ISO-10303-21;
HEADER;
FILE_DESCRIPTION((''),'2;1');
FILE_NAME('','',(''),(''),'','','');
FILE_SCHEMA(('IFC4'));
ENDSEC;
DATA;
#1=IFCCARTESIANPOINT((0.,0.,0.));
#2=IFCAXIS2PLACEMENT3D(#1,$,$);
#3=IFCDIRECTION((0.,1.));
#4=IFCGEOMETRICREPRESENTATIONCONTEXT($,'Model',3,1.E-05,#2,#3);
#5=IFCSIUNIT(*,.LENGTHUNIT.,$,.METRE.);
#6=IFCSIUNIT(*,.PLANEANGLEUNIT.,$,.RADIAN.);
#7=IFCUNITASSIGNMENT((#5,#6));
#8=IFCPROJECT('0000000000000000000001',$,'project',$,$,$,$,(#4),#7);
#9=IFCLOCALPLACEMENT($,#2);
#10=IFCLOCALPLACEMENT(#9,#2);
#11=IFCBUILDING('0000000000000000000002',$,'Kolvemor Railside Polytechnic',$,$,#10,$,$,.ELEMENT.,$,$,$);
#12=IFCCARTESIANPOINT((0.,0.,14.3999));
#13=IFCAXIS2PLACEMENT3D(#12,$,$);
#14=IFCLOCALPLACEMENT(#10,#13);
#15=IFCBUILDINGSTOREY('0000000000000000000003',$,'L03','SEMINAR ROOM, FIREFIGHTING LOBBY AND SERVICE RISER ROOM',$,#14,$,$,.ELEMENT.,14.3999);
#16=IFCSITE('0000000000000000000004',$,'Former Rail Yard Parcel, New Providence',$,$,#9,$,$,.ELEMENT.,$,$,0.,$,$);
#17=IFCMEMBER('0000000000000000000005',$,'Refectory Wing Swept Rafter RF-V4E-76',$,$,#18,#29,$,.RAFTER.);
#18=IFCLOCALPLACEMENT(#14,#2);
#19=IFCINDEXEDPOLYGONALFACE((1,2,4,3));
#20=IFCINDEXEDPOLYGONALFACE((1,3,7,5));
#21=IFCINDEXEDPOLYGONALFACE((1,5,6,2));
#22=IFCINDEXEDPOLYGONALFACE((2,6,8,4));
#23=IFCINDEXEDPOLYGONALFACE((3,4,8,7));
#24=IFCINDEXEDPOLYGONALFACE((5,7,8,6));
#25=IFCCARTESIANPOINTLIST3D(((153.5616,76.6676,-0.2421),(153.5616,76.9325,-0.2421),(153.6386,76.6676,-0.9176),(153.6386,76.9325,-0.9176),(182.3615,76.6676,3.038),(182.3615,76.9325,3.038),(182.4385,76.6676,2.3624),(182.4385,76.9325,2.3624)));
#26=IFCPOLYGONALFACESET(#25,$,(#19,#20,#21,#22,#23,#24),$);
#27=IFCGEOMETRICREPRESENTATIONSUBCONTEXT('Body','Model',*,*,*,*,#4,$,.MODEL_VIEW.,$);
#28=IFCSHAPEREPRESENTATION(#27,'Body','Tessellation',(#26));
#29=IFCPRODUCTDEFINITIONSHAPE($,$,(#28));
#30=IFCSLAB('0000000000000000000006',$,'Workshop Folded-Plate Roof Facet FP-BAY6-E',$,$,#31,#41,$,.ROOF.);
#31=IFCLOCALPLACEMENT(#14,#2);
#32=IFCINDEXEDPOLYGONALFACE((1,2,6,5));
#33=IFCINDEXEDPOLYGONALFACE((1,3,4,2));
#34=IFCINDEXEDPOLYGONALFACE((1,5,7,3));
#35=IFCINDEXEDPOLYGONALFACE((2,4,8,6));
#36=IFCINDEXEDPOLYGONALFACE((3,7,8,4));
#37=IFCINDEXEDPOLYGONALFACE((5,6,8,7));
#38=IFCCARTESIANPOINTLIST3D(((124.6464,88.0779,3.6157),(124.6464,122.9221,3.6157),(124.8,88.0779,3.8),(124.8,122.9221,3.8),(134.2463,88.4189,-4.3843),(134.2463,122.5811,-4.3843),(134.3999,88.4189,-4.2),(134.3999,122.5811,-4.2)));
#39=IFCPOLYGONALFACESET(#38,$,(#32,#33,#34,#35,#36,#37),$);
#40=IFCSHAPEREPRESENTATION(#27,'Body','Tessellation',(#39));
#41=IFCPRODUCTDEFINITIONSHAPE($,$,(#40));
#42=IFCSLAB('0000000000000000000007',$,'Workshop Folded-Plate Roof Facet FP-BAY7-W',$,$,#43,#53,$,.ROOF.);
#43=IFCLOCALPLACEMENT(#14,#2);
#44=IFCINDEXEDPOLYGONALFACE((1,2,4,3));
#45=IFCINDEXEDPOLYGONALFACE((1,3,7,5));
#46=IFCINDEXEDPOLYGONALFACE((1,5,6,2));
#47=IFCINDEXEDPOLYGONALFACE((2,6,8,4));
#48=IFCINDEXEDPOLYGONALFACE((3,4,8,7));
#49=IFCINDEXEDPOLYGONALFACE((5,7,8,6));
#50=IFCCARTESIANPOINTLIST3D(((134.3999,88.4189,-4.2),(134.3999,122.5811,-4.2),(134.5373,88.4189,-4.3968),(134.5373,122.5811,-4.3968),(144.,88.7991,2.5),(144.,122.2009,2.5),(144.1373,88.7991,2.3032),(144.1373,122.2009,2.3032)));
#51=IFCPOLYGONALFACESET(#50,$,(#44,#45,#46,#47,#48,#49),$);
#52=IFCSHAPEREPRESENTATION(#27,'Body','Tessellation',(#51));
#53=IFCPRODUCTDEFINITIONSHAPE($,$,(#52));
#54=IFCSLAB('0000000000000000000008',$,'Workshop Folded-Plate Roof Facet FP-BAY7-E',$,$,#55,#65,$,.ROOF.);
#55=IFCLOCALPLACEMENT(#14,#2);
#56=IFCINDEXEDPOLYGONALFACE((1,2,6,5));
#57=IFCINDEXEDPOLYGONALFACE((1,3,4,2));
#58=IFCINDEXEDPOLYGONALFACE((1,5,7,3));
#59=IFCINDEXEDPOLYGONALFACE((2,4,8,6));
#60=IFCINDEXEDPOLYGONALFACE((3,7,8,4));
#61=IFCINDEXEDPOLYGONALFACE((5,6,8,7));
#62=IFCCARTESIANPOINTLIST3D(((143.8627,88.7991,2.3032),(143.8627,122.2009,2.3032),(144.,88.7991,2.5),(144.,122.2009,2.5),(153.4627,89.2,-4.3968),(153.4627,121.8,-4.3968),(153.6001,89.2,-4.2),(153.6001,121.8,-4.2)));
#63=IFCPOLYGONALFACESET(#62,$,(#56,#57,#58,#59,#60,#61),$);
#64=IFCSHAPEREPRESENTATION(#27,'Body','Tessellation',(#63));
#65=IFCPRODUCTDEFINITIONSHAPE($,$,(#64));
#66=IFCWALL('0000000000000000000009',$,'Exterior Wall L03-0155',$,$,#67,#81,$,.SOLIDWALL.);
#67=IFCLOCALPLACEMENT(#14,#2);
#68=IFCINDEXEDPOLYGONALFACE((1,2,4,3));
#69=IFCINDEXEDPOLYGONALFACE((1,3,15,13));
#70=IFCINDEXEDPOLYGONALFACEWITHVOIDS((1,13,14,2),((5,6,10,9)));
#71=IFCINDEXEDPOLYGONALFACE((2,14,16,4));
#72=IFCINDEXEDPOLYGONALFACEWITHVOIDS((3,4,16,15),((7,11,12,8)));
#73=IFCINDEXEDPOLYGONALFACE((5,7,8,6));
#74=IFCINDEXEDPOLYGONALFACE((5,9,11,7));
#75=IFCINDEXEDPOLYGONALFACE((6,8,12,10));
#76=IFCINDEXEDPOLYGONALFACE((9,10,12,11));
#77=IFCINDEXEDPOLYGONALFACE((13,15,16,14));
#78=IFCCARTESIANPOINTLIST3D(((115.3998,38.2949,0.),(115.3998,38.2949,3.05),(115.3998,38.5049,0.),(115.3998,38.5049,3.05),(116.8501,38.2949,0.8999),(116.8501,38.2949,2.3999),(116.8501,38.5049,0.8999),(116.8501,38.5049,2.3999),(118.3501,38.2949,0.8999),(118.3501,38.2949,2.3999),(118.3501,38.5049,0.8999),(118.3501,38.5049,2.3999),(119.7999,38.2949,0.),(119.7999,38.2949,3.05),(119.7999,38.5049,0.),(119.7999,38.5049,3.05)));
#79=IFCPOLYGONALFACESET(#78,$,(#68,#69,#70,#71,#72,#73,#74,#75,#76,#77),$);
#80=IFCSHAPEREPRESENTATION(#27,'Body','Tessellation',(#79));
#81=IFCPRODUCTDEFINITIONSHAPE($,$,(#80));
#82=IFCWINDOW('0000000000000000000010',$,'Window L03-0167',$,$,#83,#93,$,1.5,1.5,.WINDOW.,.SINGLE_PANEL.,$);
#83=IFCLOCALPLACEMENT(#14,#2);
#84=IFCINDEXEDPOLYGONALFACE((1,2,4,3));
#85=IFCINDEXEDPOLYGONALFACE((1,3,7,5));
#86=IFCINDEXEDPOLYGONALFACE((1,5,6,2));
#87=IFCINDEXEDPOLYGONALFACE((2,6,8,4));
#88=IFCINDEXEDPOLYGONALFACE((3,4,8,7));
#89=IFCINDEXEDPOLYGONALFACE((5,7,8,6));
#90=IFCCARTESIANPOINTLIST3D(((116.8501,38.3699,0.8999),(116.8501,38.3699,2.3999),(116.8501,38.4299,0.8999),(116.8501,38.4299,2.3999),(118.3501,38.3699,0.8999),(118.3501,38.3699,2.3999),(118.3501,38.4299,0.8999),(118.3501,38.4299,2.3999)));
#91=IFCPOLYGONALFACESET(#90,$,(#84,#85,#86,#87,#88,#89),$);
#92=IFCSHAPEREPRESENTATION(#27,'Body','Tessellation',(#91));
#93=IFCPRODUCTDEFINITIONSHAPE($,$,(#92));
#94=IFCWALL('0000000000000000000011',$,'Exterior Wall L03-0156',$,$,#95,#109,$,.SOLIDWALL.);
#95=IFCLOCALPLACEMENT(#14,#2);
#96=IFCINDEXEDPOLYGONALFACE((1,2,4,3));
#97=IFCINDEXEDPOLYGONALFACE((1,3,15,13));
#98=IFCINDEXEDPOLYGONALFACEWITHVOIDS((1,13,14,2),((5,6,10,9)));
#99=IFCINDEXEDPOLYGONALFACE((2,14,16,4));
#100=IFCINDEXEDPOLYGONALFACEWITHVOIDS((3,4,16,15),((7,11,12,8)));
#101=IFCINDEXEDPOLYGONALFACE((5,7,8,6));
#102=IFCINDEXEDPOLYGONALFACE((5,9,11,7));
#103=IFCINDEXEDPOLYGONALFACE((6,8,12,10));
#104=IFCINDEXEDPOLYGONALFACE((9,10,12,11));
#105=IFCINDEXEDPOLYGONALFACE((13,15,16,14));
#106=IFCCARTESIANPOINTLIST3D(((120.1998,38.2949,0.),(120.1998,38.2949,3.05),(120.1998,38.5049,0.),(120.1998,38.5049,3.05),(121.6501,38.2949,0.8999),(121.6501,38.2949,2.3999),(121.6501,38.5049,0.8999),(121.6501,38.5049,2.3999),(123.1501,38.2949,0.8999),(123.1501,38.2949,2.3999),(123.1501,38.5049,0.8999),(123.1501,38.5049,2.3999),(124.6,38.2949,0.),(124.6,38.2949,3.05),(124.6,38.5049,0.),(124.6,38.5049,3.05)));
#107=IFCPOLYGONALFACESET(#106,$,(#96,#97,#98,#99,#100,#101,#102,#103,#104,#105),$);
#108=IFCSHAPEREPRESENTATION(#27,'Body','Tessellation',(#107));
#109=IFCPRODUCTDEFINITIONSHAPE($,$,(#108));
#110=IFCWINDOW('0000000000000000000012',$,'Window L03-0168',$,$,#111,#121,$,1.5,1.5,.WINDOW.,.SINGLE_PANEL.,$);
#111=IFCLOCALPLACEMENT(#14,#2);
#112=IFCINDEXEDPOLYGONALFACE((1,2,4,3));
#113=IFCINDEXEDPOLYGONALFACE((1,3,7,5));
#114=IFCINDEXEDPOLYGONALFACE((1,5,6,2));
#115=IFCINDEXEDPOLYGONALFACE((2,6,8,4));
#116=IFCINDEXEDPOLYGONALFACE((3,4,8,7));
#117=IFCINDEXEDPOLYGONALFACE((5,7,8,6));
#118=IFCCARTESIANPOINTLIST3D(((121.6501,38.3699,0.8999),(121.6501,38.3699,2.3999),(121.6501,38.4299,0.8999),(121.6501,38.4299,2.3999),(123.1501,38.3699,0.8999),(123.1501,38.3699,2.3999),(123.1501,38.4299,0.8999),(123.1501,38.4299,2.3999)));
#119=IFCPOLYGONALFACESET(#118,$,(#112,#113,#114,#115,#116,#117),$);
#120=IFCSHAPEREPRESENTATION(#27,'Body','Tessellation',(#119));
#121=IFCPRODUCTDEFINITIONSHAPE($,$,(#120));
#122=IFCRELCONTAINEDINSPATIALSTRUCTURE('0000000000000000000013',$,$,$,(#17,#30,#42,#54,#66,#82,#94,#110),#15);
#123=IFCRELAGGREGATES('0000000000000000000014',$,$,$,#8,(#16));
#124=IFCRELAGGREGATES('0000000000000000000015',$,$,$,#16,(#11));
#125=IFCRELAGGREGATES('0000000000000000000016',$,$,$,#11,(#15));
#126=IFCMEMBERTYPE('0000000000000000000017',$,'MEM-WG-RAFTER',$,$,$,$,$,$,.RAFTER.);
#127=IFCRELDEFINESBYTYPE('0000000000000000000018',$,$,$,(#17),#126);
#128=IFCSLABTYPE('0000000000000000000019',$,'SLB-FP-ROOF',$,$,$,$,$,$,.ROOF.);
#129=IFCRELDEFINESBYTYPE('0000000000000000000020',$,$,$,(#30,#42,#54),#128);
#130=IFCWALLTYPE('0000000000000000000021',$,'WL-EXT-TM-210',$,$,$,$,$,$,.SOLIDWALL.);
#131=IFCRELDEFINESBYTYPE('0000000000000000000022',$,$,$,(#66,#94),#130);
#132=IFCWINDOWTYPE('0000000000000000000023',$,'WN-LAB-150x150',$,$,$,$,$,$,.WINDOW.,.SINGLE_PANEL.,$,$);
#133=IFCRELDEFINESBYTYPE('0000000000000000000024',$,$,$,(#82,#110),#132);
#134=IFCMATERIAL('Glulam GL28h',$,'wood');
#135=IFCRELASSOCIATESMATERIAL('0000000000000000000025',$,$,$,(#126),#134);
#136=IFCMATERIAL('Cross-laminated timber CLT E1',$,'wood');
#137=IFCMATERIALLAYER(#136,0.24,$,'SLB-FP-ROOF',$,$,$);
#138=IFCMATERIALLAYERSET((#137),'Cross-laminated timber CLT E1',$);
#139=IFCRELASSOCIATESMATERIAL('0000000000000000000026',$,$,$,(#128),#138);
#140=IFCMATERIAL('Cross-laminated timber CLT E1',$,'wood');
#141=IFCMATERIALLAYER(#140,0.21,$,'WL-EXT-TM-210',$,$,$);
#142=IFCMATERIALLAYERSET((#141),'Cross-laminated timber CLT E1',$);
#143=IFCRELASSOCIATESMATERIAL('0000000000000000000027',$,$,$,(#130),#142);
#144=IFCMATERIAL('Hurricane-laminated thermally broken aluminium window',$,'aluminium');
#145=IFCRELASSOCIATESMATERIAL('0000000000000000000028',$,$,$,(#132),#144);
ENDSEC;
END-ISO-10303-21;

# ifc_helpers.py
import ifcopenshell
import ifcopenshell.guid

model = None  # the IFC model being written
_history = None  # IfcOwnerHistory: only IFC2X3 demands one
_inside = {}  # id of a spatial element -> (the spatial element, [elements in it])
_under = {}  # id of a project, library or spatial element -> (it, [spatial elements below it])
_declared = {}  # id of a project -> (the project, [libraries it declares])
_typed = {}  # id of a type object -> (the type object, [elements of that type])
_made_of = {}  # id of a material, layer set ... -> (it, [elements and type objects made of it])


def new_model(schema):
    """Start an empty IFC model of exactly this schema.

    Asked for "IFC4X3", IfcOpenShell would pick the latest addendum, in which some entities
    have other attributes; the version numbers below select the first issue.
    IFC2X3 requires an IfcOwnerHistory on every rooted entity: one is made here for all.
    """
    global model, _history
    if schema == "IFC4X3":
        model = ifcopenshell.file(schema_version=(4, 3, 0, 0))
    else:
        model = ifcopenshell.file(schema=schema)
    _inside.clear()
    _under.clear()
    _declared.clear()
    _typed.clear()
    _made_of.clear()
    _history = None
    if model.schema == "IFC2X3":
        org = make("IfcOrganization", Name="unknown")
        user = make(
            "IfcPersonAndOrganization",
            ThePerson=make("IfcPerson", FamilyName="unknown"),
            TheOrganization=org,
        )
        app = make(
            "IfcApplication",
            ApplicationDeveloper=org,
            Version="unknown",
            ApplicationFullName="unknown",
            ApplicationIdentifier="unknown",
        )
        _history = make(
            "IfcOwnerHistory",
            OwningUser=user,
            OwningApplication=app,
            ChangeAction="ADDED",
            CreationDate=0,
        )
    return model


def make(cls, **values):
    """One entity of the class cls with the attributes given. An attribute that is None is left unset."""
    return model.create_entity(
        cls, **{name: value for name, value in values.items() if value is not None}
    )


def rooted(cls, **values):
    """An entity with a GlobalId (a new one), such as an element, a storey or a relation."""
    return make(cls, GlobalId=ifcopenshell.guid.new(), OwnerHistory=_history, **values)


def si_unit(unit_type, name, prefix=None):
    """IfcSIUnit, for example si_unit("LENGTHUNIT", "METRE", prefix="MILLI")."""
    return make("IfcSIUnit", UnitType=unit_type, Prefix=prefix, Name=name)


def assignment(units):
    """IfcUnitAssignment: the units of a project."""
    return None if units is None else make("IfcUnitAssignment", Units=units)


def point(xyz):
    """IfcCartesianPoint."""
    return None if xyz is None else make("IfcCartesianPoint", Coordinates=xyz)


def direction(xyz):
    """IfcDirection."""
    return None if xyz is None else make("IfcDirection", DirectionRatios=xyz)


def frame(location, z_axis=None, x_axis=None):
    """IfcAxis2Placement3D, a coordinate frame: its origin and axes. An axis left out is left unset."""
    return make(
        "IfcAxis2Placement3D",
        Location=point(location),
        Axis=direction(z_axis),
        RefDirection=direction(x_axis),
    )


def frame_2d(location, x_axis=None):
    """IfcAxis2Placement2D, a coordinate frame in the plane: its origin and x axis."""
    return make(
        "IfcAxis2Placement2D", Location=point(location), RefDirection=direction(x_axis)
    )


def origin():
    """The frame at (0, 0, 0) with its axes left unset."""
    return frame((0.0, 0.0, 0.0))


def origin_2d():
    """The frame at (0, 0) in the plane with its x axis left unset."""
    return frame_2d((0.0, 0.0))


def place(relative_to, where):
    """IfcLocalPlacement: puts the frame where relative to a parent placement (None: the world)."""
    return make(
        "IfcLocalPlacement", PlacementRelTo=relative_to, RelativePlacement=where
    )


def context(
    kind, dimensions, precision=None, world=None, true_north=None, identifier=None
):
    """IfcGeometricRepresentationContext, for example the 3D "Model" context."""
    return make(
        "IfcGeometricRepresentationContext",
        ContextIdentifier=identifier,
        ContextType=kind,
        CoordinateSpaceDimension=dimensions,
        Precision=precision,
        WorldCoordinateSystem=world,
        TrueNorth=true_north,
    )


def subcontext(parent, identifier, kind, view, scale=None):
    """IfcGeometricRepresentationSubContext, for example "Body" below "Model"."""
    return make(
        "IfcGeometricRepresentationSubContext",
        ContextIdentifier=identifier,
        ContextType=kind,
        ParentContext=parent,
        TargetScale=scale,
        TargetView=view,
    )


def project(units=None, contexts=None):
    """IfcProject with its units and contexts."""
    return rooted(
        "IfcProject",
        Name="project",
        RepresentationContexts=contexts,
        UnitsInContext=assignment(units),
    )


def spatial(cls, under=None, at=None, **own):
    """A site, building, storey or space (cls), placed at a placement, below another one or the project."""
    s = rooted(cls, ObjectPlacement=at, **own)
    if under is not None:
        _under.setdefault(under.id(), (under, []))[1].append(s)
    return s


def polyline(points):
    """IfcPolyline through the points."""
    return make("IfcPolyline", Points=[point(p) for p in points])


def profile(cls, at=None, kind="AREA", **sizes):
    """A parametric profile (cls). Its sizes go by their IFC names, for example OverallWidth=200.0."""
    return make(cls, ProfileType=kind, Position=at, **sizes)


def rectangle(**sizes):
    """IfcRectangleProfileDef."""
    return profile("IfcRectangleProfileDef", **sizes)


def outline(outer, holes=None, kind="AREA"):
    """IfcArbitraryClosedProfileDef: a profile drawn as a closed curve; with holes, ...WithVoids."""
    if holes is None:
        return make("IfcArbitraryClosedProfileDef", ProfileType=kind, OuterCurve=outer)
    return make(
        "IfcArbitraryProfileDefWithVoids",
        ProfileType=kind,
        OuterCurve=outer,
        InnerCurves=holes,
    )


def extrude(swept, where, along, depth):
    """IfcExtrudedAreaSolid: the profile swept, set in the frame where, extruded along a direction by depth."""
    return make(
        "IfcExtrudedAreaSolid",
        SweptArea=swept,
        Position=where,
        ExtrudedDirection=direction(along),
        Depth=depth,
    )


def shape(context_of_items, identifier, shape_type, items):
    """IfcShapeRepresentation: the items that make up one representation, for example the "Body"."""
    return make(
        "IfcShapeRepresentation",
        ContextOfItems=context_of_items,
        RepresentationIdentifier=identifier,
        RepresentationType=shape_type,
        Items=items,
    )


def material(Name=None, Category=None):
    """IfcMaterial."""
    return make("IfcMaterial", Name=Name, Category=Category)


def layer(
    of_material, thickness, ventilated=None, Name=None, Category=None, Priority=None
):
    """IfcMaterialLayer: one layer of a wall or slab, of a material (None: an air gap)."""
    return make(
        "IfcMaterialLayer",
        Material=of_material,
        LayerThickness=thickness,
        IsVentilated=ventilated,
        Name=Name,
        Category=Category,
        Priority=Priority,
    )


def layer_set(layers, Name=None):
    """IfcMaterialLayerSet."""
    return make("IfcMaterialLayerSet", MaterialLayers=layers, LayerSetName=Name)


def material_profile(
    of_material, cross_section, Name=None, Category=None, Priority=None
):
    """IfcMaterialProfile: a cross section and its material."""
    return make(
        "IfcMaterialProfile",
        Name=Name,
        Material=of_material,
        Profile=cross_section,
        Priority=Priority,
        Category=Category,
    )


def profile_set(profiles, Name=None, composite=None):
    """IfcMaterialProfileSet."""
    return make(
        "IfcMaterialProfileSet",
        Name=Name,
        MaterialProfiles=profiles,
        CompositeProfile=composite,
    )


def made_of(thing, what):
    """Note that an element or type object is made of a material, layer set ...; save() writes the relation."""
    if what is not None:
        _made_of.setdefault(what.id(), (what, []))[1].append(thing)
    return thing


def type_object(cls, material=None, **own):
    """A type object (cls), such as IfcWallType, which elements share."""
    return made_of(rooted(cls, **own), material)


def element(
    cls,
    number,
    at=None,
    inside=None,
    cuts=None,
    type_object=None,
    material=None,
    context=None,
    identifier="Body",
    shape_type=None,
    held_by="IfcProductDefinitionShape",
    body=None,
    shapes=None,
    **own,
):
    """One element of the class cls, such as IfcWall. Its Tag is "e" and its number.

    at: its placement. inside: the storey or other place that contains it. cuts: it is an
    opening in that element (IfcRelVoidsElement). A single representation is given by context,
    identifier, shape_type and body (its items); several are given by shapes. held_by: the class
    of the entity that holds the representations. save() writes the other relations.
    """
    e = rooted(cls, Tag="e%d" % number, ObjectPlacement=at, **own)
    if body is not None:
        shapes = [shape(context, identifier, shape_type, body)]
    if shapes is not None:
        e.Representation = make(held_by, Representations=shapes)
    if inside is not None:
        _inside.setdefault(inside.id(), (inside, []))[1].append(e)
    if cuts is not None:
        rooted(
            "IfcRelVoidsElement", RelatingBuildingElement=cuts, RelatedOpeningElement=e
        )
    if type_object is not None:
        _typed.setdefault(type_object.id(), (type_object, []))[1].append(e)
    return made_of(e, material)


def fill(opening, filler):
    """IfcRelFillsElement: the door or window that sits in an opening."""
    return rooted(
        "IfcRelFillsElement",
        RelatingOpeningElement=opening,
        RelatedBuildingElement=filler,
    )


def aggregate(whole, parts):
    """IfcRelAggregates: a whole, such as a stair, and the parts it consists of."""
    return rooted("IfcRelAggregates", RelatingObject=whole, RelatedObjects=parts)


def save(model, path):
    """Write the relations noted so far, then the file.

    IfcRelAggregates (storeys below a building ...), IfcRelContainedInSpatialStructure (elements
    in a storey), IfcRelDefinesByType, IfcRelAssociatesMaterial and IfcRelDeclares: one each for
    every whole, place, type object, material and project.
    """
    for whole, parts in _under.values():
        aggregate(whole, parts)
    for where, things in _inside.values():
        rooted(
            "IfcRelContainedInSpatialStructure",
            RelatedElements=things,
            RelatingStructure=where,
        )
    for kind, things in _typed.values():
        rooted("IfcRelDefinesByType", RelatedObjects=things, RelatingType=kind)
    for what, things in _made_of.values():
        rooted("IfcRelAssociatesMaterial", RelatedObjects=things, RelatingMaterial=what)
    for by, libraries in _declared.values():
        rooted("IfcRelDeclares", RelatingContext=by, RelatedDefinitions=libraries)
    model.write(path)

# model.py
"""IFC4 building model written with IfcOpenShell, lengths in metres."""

from ifc_helpers import new_model, si_unit, direction, frame, frame_2d, origin, origin_2d, place, context, subcontext, project, spatial, polyline, rectangle, outline, extrude, material, layer, layer_set, material_profile, profile_set, type_object, element, fill, save


model = new_model("IFC4")

# Units and contexts
model_context = context("Model", 3, precision=1e-05, world=origin(), true_north=direction((0.0, 1.0)))
body_context = subcontext(model_context, "Body", "Model", "MODEL_VIEW")
ifc_project = project(units=[si_unit("LENGTHUNIT", "METRE"), si_unit("PLANEANGLEUNIT", "RADIAN")], contexts=[model_context])

# Site, building, storey
site_placement = place(None, origin())
site = spatial("IfcSite", under=ifc_project, at=site_placement, Name="Former Rail Yard Parcel, New Providence", CompositionType="ELEMENT", RefElevation=0.0)
building_placement = place(site_placement, origin())
building = spatial("IfcBuilding", under=site, at=building_placement, Name="Kolvemor Railside Polytechnic", CompositionType="ELEMENT")
storey_placement = place(building_placement, frame((0.0, 0.0, 14.3999)))
storey = spatial("IfcBuildingStorey", under=building, at=storey_placement, Name="L03", Description="SEMINAR ROOM, FIREFIGHTING LOBBY AND SERVICE RISER ROOM", CompositionType="ELEMENT", Elevation=14.3999)

# Member
ifc_material_1 = material(Name="Glulam GL28h", Category="wood")
ifc_material_profile_1 = material_profile(ifc_material_1, rectangle(XDim=0.2649, YDim=0.6799, at=origin_2d()), Name="GL265x680")
ifc_profile_set_1 = profile_set([ifc_material_profile_1], Name="Glulam GL28h")
member_type_1 = type_object("IfcMemberType", Name="MEM-WG-RAFTER", PredefinedType="RAFTER", material=ifc_profile_set_1)
member_1_placement = place(storey_placement, frame((153.6001, 76.8, -0.5798), z_axis=(0.993577, 0.0, 0.113159), x_axis=(0.0, 1.0, 0.0)))
element("IfcMember", 1, at=member_1_placement, inside=storey, type_object=member_type_1, Name="Refectory Wing Swept Rafter RF-V4E-76", PredefinedType="RAFTER", context=body_context, shape_type="SweptSolid", body=[
    extrude(rectangle(XDim=0.2649, YDim=0.6799, at=origin_2d()), origin(), (0.0, 0.0, 1.0), 28.9861),
])

# Slabs
ifc_material_2 = material(Name="Cross-laminated timber CLT E1", Category="wood")
ifc_layer_1 = layer(ifc_material_2, 0.24, Name="SLB-FP-ROOF")
ifc_layer_set_1 = layer_set([ifc_layer_1], Name="Cross-laminated timber CLT E1")
slab_type = type_object("IfcSlabType", Name="SLB-FP-ROOF", PredefinedType="ROOF", material=ifc_layer_set_1)
slab_1_placement = place(storey_placement, frame((124.8, 88.0779, 3.8), z_axis=(0.64019, 0.0, 0.768216), x_axis=(0.767931, 0.027283, -0.639952)))
element("IfcSlab", 2, at=slab_1_placement, inside=storey, type_object=slab_type, Name="Workshop Folded-Plate Roof Facet FP-BAY6-E", PredefinedType="ROOF", context=body_context, shape_type="SweptSolid", body=[
    extrude(outline(polyline([(0.0, 0.0), (12.5009, 0.0), (13.433, 34.1494), (0.9507, 34.8313), (0.0, 0.0)])), origin(), (0.0, 0.0, -1.0), 0.24),
])
slab_2_placement = place(storey_placement, frame((134.3999, 88.4189, -4.2), z_axis=(-0.572308, 0.0, 0.820038), x_axis=(0.819606, 0.032453, 0.572007)))
element("IfcSlab", 3, at=slab_2_placement, inside=storey, type_object=slab_type, Name="Workshop Folded-Plate Roof Facet FP-BAY7-W", PredefinedType="ROOF", context=body_context, shape_type="SweptSolid", body=[
    extrude(outline(polyline([(0.0, 0.0), (11.7131, 0.0), (12.7971, 33.3843), (1.1087, 34.1441), (0.0, 0.0)])), origin(), (0.0, 0.0, -1.0), 0.24),
])
slab_3_placement = place(storey_placement, frame((144.0, 88.7991, 2.5), z_axis=(0.572308, 0.0, 0.820038), x_axis=(0.819558, 0.034223, -0.571973)))
element("IfcSlab", 4, at=slab_3_placement, inside=storey, type_object=slab_type, Name="Workshop Folded-Plate Roof Facet FP-BAY7-E", PredefinedType="ROOF", context=body_context, shape_type="SweptSolid", body=[
    extrude(outline(polyline([(0.0, 0.0), (11.7137, 0.0), (12.8294, 32.581), (1.1431, 33.3823), (0.0, 0.0)])), origin(), (0.0, 0.0, -1.0), 0.24),
])

# Walls, openings, windows
ifc_material_3 = material(Name="Cross-laminated timber CLT E1", Category="wood")
ifc_layer_2 = layer(ifc_material_3, 0.21, Name="WL-EXT-TM-210")
ifc_layer_set_2 = layer_set([ifc_layer_2], Name="Cross-laminated timber CLT E1")
wall_type = type_object("IfcWallType", Name="WL-EXT-TM-210", PredefinedType="SOLIDWALL", material=ifc_layer_set_2)
wall_1_placement = place(storey_placement, frame((119.8, 38.3999, 0.0), z_axis=(0.0, 0.0, 1.0), x_axis=(-1.0, 0.0, 0.0)))
wall_1 = element("IfcWall", 5, at=wall_1_placement, inside=storey, type_object=wall_type, Name="Exterior Wall L03-0155", PredefinedType="SOLIDWALL", context=body_context, shape_type="SweptSolid", body=[
    extrude(rectangle(XDim=4.4001, YDim=0.21, at=frame_2d((2.2002, 0.0))), origin(), (0.0, 0.0, 1.0), 3.05),
])
opening_1_placement = place(wall_1_placement, frame((1.45, 0.0, 0.8999)))
opening_1 = element("IfcOpeningElement", 6, at=opening_1_placement, cuts=wall_1, PredefinedType="OPENING", context=body_context, shape_type="SweptSolid", body=[
    extrude(rectangle(XDim=1.5, YDim=1.5, at=frame_2d((0.75, 0.75))), frame((0.0, 0.115, 0.0), z_axis=(0.0, -1.0, 0.0), x_axis=(1.0, 0.0, 0.0)), (0.0, 0.0, 1.0), 0.23),
])
ifc_material_4 = material(Name="Hurricane-laminated thermally broken aluminium window", Category="aluminium")
window_type = type_object("IfcWindowType", Name="WN-LAB-150x150", PartitioningType="SINGLE_PANEL", PredefinedType="WINDOW", material=ifc_material_4)
window_1_placement = place(opening_1_placement, origin())
window_1 = element("IfcWindow", 7, at=window_1_placement, inside=storey, type_object=window_type, Name="Window L03-0167", OverallHeight=1.5, OverallWidth=1.5, PartitioningType="SINGLE_PANEL", PredefinedType="WINDOW", context=body_context, shape_type="SweptSolid", body=[
    extrude(rectangle(XDim=1.5, YDim=1.5, at=frame_2d((0.75, 0.75))), frame((0.0, 0.03, 0.0), z_axis=(0.0, -1.0, 0.0), x_axis=(1.0, 0.0, 0.0)), (0.0, 0.0, 1.0), 0.0601),
])
fill(opening_1, window_1)
wall_2_placement = place(storey_placement, frame((124.6001, 38.3999, 0.0), z_axis=(0.0, 0.0, 1.0), x_axis=(-1.0, 0.0, 0.0)))
wall_2 = element("IfcWall", 8, at=wall_2_placement, inside=storey, type_object=wall_type, Name="Exterior Wall L03-0156", PredefinedType="SOLIDWALL", context=body_context, shape_type="SweptSolid", body=[
    extrude(rectangle(XDim=4.4001, YDim=0.21, at=frame_2d((2.2002, 0.0))), origin(), (0.0, 0.0, 1.0), 3.05),
])
opening_2_placement = place(wall_2_placement, frame((1.45, 0.0, 0.8999)))
opening_2 = element("IfcOpeningElement", 9, at=opening_2_placement, cuts=wall_2, PredefinedType="OPENING", context=body_context, shape_type="SweptSolid", body=[
    extrude(rectangle(XDim=1.5, YDim=1.5, at=frame_2d((0.75, 0.75))), frame((0.0, 0.115, 0.0), z_axis=(0.0, -1.0, 0.0), x_axis=(1.0, 0.0, 0.0)), (0.0, 0.0, 1.0), 0.23),
])
window_2_placement = place(opening_2_placement, origin())
window_2 = element("IfcWindow", 10, at=window_2_placement, inside=storey, type_object=window_type, Name="Window L03-0168", OverallHeight=1.5, OverallWidth=1.5, PartitioningType="SINGLE_PANEL", PredefinedType="WINDOW", context=body_context, shape_type="SweptSolid", body=[
    extrude(rectangle(XDim=1.5, YDim=1.5, at=frame_2d((0.75, 0.75))), frame((0.0, 0.03, 0.0), z_axis=(0.0, -1.0, 0.0), x_axis=(1.0, 0.0, 0.0)), (0.0, 0.0, 1.0), 0.0601),
])
fill(opening_2, window_2)

save(model, "model.ifc")
